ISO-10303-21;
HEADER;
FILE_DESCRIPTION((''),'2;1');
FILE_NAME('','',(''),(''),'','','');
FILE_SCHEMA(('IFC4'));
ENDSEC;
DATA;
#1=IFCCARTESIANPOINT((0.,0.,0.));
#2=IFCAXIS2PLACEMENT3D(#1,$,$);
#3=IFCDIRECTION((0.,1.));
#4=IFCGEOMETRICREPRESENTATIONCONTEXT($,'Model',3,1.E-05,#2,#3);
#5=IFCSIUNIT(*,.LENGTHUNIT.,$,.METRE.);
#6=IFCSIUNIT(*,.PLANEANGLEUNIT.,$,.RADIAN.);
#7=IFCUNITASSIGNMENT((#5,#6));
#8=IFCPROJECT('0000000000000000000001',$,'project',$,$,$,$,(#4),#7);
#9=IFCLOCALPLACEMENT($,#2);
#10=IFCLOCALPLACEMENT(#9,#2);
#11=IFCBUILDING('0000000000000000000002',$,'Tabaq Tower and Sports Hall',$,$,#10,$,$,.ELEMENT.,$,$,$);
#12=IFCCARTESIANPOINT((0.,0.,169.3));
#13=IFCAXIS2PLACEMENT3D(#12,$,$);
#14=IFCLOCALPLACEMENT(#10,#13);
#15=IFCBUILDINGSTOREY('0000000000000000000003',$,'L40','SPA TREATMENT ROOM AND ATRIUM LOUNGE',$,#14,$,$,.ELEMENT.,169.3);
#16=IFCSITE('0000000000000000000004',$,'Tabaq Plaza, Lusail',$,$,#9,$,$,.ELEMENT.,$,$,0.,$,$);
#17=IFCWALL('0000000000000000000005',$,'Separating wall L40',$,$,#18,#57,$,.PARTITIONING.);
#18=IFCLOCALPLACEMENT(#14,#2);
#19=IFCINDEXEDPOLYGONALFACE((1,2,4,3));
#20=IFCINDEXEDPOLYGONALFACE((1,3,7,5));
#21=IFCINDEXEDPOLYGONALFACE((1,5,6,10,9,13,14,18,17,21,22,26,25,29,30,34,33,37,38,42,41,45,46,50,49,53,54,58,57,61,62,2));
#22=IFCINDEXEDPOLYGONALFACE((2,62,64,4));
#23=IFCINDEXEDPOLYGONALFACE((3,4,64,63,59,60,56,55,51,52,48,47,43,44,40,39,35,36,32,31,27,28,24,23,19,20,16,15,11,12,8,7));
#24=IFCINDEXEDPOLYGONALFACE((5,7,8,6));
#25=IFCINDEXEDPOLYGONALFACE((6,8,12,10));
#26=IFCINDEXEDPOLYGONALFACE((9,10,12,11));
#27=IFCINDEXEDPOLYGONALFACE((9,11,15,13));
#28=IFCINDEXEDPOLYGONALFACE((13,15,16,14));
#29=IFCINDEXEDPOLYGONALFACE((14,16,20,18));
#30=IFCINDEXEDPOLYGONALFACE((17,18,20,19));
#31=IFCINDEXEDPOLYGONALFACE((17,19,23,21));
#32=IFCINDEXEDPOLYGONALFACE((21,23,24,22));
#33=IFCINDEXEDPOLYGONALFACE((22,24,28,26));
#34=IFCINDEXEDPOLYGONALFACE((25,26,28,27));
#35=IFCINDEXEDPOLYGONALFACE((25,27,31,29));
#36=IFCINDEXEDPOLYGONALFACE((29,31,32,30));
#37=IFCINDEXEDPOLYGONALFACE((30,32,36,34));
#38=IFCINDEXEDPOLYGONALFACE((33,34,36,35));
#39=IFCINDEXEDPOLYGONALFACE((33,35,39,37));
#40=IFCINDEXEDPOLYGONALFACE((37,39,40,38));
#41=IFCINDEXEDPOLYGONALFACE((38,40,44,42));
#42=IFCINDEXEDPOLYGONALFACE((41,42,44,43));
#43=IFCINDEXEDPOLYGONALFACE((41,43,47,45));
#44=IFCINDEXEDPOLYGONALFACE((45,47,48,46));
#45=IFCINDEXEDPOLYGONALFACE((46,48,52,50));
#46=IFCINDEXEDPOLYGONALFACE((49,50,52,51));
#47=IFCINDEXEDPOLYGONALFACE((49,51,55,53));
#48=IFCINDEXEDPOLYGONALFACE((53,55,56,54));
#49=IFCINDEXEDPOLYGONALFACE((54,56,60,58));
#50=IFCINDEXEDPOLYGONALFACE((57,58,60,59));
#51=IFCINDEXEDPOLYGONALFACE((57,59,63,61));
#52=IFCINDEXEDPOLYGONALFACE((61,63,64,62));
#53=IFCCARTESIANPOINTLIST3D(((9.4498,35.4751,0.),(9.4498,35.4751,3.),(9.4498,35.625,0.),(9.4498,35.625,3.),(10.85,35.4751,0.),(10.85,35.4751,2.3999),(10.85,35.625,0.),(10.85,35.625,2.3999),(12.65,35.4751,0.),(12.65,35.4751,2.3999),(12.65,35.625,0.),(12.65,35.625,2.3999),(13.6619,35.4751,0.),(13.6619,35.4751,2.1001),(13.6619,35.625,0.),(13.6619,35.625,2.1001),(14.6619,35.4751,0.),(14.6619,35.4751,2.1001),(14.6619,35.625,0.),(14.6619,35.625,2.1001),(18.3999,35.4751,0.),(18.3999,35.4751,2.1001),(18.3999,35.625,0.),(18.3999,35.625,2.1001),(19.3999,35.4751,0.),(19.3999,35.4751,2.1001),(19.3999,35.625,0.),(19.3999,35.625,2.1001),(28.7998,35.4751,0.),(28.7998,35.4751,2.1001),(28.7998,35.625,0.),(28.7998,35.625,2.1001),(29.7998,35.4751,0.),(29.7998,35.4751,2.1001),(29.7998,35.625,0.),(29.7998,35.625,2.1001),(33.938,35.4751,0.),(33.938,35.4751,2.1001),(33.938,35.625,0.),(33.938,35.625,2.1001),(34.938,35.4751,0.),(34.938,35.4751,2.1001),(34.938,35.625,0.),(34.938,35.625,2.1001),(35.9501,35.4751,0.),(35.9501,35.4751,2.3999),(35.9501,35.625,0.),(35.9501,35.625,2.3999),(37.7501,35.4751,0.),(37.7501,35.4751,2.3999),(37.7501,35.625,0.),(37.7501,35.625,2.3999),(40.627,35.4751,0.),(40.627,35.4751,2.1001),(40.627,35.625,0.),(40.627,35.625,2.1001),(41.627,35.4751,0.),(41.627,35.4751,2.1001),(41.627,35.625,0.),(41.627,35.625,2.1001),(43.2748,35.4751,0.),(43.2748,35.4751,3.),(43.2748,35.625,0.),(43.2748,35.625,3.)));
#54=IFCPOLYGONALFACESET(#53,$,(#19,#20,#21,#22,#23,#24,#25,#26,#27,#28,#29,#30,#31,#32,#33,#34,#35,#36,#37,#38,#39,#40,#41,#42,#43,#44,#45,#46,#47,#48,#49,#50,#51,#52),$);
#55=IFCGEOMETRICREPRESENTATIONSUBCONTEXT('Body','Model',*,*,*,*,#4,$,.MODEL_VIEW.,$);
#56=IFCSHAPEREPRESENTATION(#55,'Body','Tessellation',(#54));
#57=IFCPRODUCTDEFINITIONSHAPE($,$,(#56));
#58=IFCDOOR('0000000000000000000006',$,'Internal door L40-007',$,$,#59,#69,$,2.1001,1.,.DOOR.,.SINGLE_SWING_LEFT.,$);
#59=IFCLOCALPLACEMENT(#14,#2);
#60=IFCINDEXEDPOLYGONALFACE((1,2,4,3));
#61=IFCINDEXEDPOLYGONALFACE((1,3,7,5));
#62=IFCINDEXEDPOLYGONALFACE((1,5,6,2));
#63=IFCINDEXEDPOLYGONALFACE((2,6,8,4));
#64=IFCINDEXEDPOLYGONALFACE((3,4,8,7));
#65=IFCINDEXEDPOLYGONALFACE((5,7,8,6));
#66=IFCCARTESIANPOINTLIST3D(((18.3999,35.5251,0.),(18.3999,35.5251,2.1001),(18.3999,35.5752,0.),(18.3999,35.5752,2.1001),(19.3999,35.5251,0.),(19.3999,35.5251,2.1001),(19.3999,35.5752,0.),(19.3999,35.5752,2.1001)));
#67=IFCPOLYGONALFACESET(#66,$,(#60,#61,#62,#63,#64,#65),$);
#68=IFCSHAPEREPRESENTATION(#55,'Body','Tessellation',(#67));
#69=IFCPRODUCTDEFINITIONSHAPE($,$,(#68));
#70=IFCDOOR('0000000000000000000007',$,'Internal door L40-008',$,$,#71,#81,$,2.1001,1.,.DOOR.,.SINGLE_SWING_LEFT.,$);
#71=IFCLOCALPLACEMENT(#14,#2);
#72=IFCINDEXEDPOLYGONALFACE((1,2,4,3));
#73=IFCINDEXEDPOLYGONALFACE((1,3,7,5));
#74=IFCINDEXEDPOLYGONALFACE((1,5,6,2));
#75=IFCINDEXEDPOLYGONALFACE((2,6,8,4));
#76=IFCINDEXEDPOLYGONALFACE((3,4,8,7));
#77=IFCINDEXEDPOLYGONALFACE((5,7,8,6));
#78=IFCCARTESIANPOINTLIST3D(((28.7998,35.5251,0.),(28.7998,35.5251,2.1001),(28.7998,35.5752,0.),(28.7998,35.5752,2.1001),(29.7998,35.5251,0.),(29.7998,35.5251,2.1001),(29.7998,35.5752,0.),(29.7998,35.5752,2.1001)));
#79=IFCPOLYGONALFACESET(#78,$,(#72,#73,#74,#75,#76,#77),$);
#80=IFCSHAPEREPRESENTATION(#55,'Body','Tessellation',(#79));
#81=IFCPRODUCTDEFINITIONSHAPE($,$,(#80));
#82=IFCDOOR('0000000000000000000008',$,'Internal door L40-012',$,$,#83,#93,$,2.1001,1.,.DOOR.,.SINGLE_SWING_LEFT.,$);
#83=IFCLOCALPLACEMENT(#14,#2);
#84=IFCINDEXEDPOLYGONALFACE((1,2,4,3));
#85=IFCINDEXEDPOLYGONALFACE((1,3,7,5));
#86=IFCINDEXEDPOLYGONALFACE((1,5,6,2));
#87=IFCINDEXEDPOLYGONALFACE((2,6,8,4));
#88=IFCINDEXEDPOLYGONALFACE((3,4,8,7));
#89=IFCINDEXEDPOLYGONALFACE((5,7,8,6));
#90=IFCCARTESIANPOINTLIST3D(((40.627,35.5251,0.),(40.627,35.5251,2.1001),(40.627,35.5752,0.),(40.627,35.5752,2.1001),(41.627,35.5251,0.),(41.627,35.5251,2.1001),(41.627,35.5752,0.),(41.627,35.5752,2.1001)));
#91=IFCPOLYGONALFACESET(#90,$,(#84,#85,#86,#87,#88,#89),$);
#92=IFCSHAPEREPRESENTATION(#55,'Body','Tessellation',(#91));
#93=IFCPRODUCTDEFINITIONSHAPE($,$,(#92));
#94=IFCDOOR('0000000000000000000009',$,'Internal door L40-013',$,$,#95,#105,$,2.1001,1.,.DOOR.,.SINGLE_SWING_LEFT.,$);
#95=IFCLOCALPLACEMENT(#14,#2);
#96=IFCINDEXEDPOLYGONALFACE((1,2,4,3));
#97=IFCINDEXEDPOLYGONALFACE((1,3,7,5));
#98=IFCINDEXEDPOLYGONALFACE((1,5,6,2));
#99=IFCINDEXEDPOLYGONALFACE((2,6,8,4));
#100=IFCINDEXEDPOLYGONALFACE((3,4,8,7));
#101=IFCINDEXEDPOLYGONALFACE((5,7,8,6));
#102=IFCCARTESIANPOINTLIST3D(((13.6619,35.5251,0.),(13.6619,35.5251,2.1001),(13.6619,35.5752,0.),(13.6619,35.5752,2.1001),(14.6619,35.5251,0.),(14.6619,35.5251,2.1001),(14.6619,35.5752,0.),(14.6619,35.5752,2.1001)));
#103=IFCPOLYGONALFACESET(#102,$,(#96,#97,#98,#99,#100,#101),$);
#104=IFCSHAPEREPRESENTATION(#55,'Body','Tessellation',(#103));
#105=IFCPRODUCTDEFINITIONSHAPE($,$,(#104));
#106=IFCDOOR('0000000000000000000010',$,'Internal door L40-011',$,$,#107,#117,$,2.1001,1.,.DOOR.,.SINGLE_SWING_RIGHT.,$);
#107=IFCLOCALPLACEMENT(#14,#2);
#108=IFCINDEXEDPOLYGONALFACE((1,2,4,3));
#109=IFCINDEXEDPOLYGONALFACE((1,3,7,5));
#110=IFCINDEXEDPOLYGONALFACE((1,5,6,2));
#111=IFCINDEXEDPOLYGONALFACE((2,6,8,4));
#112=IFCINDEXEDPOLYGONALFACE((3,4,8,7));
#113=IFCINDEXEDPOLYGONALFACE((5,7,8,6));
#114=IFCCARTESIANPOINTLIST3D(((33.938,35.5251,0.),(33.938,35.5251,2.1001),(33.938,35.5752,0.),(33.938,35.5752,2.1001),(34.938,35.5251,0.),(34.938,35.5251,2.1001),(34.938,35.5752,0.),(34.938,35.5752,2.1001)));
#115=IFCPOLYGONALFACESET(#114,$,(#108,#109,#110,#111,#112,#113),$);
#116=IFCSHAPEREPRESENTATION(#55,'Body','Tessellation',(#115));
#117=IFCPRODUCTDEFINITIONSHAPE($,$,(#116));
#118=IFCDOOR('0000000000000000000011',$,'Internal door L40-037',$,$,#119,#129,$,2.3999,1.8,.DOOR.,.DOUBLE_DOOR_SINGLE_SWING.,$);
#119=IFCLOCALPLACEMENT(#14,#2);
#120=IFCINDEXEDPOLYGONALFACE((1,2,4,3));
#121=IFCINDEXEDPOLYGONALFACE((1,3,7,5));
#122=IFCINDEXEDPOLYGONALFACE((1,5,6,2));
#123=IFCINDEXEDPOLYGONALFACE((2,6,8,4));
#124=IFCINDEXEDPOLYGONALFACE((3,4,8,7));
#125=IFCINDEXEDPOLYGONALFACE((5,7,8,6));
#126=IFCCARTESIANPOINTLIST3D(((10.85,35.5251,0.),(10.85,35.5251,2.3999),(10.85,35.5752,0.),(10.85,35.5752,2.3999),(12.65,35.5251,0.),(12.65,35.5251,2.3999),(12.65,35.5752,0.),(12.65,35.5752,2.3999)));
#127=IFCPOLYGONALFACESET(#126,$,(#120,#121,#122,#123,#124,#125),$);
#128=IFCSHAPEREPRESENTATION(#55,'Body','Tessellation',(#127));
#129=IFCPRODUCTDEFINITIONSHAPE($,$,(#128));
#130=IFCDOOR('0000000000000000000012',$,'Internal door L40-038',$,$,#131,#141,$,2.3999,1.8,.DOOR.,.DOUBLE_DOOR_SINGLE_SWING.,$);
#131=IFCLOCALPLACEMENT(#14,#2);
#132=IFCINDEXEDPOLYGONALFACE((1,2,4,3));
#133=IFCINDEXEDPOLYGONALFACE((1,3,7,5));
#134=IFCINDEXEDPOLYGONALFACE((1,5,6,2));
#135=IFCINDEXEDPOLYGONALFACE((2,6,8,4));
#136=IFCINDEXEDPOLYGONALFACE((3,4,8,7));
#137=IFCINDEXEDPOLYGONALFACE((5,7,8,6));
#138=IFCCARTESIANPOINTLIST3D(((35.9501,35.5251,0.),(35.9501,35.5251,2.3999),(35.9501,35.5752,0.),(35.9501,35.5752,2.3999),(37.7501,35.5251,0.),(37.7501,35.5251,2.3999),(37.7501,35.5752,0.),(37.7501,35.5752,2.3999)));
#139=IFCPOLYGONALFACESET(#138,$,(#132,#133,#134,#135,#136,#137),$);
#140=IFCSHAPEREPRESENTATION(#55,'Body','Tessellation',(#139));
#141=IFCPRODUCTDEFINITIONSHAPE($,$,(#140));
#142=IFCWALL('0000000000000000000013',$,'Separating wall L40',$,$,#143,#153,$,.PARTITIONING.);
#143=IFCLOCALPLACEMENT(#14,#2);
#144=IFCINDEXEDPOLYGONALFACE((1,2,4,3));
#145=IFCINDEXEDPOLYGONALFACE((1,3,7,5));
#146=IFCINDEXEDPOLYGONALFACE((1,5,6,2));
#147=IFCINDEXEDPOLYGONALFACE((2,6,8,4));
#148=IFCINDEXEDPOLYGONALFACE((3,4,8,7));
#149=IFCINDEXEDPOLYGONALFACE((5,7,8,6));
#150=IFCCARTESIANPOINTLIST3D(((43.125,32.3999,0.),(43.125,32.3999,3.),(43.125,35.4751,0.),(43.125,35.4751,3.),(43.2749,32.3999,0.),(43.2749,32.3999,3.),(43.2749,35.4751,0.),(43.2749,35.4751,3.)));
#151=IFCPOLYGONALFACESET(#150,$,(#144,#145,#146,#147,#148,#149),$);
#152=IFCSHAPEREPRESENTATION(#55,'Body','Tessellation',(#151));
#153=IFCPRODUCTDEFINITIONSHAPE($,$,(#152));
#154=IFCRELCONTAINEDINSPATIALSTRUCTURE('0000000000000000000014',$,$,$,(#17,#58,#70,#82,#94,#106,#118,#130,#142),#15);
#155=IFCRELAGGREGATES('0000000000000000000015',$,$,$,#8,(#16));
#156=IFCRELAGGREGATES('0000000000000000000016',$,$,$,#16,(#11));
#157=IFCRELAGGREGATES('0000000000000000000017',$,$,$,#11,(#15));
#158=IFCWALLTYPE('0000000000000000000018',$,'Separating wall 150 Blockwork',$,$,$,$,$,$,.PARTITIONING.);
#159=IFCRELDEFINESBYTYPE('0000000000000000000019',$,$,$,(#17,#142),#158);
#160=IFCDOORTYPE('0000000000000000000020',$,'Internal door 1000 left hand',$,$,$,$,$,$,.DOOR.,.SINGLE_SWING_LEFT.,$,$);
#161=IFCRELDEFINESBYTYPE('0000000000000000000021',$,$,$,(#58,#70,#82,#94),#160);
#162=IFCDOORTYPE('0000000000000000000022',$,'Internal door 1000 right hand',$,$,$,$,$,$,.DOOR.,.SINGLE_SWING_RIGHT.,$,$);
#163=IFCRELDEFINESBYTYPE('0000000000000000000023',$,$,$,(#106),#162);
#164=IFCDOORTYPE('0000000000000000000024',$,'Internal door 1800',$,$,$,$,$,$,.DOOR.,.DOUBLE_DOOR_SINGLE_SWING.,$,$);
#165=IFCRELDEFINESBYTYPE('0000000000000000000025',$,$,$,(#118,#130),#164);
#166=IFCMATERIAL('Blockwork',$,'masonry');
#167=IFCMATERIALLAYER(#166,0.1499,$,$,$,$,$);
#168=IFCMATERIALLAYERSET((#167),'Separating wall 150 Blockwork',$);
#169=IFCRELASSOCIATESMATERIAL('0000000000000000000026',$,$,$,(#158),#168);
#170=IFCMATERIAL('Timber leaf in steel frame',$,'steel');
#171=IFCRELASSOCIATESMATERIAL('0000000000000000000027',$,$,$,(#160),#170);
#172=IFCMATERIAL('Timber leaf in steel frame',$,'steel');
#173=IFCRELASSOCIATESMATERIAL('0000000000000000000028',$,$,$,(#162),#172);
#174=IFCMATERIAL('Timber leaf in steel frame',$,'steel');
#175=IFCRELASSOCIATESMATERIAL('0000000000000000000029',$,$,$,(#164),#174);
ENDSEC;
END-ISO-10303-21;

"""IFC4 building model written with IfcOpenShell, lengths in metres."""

from ifc_helpers import new_model, si_unit, direction, frame, frame_2d, origin, place, context, subcontext, project, spatial, rectangle, extrude, material, layer, layer_set, type_object, element, fill, save


model = new_model("IFC4")

# Units and contexts
model_context = context("Model", 3, precision=1e-05, world=origin(), true_north=direction((0.0, 1.0)))
body_context = subcontext(model_context, "Body", "Model", "MODEL_VIEW")
ifc_project = project(units=[si_unit("LENGTHUNIT", "METRE"), si_unit("PLANEANGLEUNIT", "RADIAN")], contexts=[model_context])

# Site, building, storey
site_placement = place(None, origin())
site = spatial("IfcSite", under=ifc_project, at=site_placement, Name="Tabaq Plaza, Lusail", CompositionType="ELEMENT", RefElevation=0.0)
building_placement = place(site_placement, origin())
building = spatial("IfcBuilding", under=site, at=building_placement, Name="Tabaq Tower and Sports Hall", CompositionType="ELEMENT")
storey_placement = place(building_placement, frame((0.0, 0.0, 169.3)))
storey = spatial("IfcBuildingStorey", under=building, at=storey_placement, Name="L40", Description="SPA TREATMENT ROOM AND ATRIUM LOUNGE", CompositionType="ELEMENT", Elevation=169.3)

# Wall, openings, doors
ifc_material_1 = material(Name="Blockwork", Category="masonry")
ifc_layer_1 = layer(ifc_material_1, 0.1499)
ifc_layer_set_1 = layer_set([ifc_layer_1], Name="Separating wall 150 Blockwork")
wall_type_1 = type_object("IfcWallType", Name="Separating wall 150 Blockwork", PredefinedType="PARTITIONING", material=ifc_layer_set_1)
ifc_material_2 = material(Name="Timber leaf in steel frame", Category="steel")
door_type_1 = type_object("IfcDoorType", Name="Internal door 1000 left hand", OperationType="SINGLE_SWING_LEFT", PredefinedType="DOOR", material=ifc_material_2)
wall_1_placement = place(storey_placement, frame((43.2749, 35.55, 0.0), z_axis=(0.0, 0.0, 1.0), x_axis=(-1.0, 0.0, 0.0)))
wall_1 = element("IfcWall", 1, at=wall_1_placement, inside=storey, type_object=wall_type_1, Name="Separating wall L40", PredefinedType="PARTITIONING", context=body_context, shape_type="SweptSolid", body=[
    extrude(rectangle(XDim=33.825, YDim=0.1499, at=frame_2d((16.9126, 0.0))), origin(), (0.0, 0.0, 1.0), 3.0),
])
opening_1_placement = place(wall_1_placement, frame((23.875, 0.0, 0.0)))
opening_1 = element("IfcOpeningElement", 2, at=opening_1_placement, cuts=wall_1, PredefinedType="OPENING", context=body_context, shape_type="SweptSolid", body=[
    extrude(rectangle(XDim=1.0, YDim=2.1001, at=frame_2d((0.5, 1.05))), frame((0.0, 0.075, 0.0), z_axis=(0.0, -1.0, 0.0), x_axis=(1.0, 0.0, 0.0)), (0.0, 0.0, 1.0), 0.1499),
])
opening_2_placement = place(wall_1_placement, frame((13.4751, 0.0, 0.0)))
opening_2 = element("IfcOpeningElement", 3, at=opening_2_placement, cuts=wall_1, PredefinedType="OPENING", context=body_context, shape_type="SweptSolid", body=[
    extrude(rectangle(XDim=1.0, YDim=2.1001, at=frame_2d((0.5, 1.05))), frame((0.0, 0.075, 0.0), z_axis=(0.0, -1.0, 0.0), x_axis=(1.0, 0.0, 0.0)), (0.0, 0.0, 1.0), 0.1499),
])
opening_3_placement = place(wall_1_placement, frame((8.3369, 0.0, 0.0)))
opening_3 = element("IfcOpeningElement", 4, at=opening_3_placement, cuts=wall_1, PredefinedType="OPENING", context=body_context, shape_type="SweptSolid", body=[
    extrude(rectangle(XDim=1.0, YDim=2.1001, at=frame_2d((0.5, 1.05))), frame((0.0, 0.075, 0.0), z_axis=(0.0, -1.0, 0.0), x_axis=(1.0, 0.0, 0.0)), (0.0, 0.0, 1.0), 0.1499),
])
opening_4_placement = place(wall_1_placement, frame((1.6479, 0.0, 0.0)))
opening_4 = element("IfcOpeningElement", 5, at=opening_4_placement, cuts=wall_1, PredefinedType="OPENING", context=body_context, shape_type="SweptSolid", body=[
    extrude(rectangle(XDim=1.0, YDim=2.1001, at=frame_2d((0.5, 1.05))), frame((0.0, 0.075, 0.0), z_axis=(0.0, -1.0, 0.0), x_axis=(1.0, 0.0, 0.0)), (0.0, 0.0, 1.0), 0.1499),
])
opening_5_placement = place(wall_1_placement, frame((28.613, 0.0, 0.0)))
opening_5 = element("IfcOpeningElement", 6, at=opening_5_placement, cuts=wall_1, PredefinedType="OPENING", context=body_context, shape_type="SweptSolid", body=[
    extrude(rectangle(XDim=1.0, YDim=2.1001, at=frame_2d((0.5, 1.05))), frame((0.0, 0.075, 0.0), z_axis=(0.0, -1.0, 0.0), x_axis=(1.0, 0.0, 0.0)), (0.0, 0.0, 1.0), 0.1499),
])
opening_6_placement = place(wall_1_placement, frame((30.625, 0.0, 0.0)))
opening_6 = element("IfcOpeningElement", 7, at=opening_6_placement, cuts=wall_1, PredefinedType="OPENING", context=body_context, shape_type="SweptSolid", body=[
    extrude(rectangle(XDim=1.8, YDim=2.3999, at=frame_2d((0.8999, 1.2))), frame((0.0, 0.075, 0.0), z_axis=(0.0, -1.0, 0.0), x_axis=(1.0, 0.0, 0.0)), (0.0, 0.0, 1.0), 0.1499),
])
opening_7_placement = place(wall_1_placement, frame((5.5249, 0.0, 0.0)))
opening_7 = element("IfcOpeningElement", 8, at=opening_7_placement, cuts=wall_1, PredefinedType="OPENING", context=body_context, shape_type="SweptSolid", body=[
    extrude(rectangle(XDim=1.8, YDim=2.3999, at=frame_2d((0.8999, 1.2))), frame((0.0, 0.075, 0.0), z_axis=(0.0, -1.0, 0.0), x_axis=(1.0, 0.0, 0.0)), (0.0, 0.0, 1.0), 0.1499),
])
door_1_placement = place(opening_1_placement, origin())
door_1 = element("IfcDoor", 9, at=door_1_placement, inside=storey, type_object=door_type_1, Name="Internal door L40-007", OperationType="SINGLE_SWING_LEFT", OverallHeight=2.1001, OverallWidth=1.0, PredefinedType="DOOR", context=body_context, shape_type="SweptSolid", body=[
    extrude(rectangle(XDim=1.0, YDim=2.1001, at=frame_2d((0.5, 1.05))), frame((0.0, 0.0249, 0.0), z_axis=(0.0, -1.0, 0.0), x_axis=(1.0, 0.0, 0.0)), (0.0, 0.0, 1.0), 0.05),
])
fill(opening_1, door_1)
door_2_placement = place(opening_2_placement, origin())
door_2 = element("IfcDoor", 10, at=door_2_placement, inside=storey, type_object=door_type_1, Name="Internal door L40-008", OperationType="SINGLE_SWING_LEFT", OverallHeight=2.1001, OverallWidth=1.0, PredefinedType="DOOR", context=body_context, shape_type="SweptSolid", body=[
    extrude(rectangle(XDim=1.0, YDim=2.1001, at=frame_2d((0.5, 1.05))), frame((0.0, 0.0249, 0.0), z_axis=(0.0, -1.0, 0.0), x_axis=(1.0, 0.0, 0.0)), (0.0, 0.0, 1.0), 0.05),
])
fill(opening_2, door_2)
door_3_placement = place(opening_4_placement, origin())
door_3 = element("IfcDoor", 11, at=door_3_placement, inside=storey, type_object=door_type_1, Name="Internal door L40-012", OperationType="SINGLE_SWING_LEFT", OverallHeight=2.1001, OverallWidth=1.0, PredefinedType="DOOR", context=body_context, shape_type="SweptSolid", body=[
    extrude(rectangle(XDim=1.0, YDim=2.1001, at=frame_2d((0.5, 1.05))), frame((0.0, 0.0249, 0.0), z_axis=(0.0, -1.0, 0.0), x_axis=(1.0, 0.0, 0.0)), (0.0, 0.0, 1.0), 0.05),
])
fill(opening_4, door_3)
door_4_placement = place(opening_5_placement, origin())
door_4 = element("IfcDoor", 12, at=door_4_placement, inside=storey, type_object=door_type_1, Name="Internal door L40-013", OperationType="SINGLE_SWING_LEFT", OverallHeight=2.1001, OverallWidth=1.0, PredefinedType="DOOR", context=body_context, shape_type="SweptSolid", body=[
    extrude(rectangle(XDim=1.0, YDim=2.1001, at=frame_2d((0.5, 1.05))), frame((0.0, 0.0249, 0.0), z_axis=(0.0, -1.0, 0.0), x_axis=(1.0, 0.0, 0.0)), (0.0, 0.0, 1.0), 0.05),
])
fill(opening_5, door_4)
ifc_material_3 = material(Name="Timber leaf in steel frame", Category="steel")
door_type_2 = type_object("IfcDoorType", Name="Internal door 1000 right hand", OperationType="SINGLE_SWING_RIGHT", PredefinedType="DOOR", material=ifc_material_3)
door_5_placement = place(opening_3_placement, origin())
door_5 = element("IfcDoor", 13, at=door_5_placement, inside=storey, type_object=door_type_2, Name="Internal door L40-011", OperationType="SINGLE_SWING_RIGHT", OverallHeight=2.1001, OverallWidth=1.0, PredefinedType="DOOR", context=body_context, shape_type="SweptSolid", body=[
    extrude(rectangle(XDim=1.0, YDim=2.1001, at=frame_2d((0.5, 1.05))), frame((0.0, 0.0249, 0.0), z_axis=(0.0, -1.0, 0.0), x_axis=(1.0, 0.0, 0.0)), (0.0, 0.0, 1.0), 0.05),
])
fill(opening_3, door_5)
ifc_material_4 = material(Name="Timber leaf in steel frame", Category="steel")
door_type_3 = type_object("IfcDoorType", Name="Internal door 1800", OperationType="DOUBLE_DOOR_SINGLE_SWING", PredefinedType="DOOR", material=ifc_material_4)
door_6_placement = place(opening_6_placement, origin())
door_6 = element("IfcDoor", 14, at=door_6_placement, inside=storey, type_object=door_type_3, Name="Internal door L40-037", OperationType="DOUBLE_DOOR_SINGLE_SWING", OverallHeight=2.3999, OverallWidth=1.8, PredefinedType="DOOR", context=body_context, shape_type="SweptSolid", body=[
    extrude(rectangle(XDim=1.8, YDim=2.3999, at=frame_2d((0.8999, 1.2))), frame((0.0, 0.0249, 0.0), z_axis=(0.0, -1.0, 0.0), x_axis=(1.0, 0.0, 0.0)), (0.0, 0.0, 1.0), 0.05),
])
fill(opening_6, door_6)
door_7_placement = place(opening_7_placement, origin())
door_7 = element("IfcDoor", 15, at=door_7_placement, inside=storey, type_object=door_type_3, Name="Internal door L40-038", OperationType="DOUBLE_DOOR_SINGLE_SWING", OverallHeight=2.3999, OverallWidth=1.8, PredefinedType="DOOR", context=body_context, shape_type="SweptSolid", body=[
    extrude(rectangle(XDim=1.8, YDim=2.3999, at=frame_2d((0.8999, 1.2))), frame((0.0, 0.0249, 0.0), z_axis=(0.0, -1.0, 0.0), x_axis=(1.0, 0.0, 0.0)), (0.0, 0.0, 1.0), 0.05),
])
fill(opening_7, door_7)

# Wall
wall_2_placement = place(storey_placement, frame((43.2, 35.4751, 0.0), z_axis=(0.0, 0.0, 1.0), x_axis=(0.0, -1.0, 0.0)))
element("IfcWall", 16, at=wall_2_placement, inside=storey, type_object=wall_type_1, Name="Separating wall L40", PredefinedType="PARTITIONING", context=body_context, shape_type="SweptSolid", body=[
    extrude(rectangle(XDim=3.0752, YDim=0.1499, at=frame_2d((1.5376, 0.0))), origin(), (0.0, 0.0, 1.0), 3.0),
])

save(model, "model.ifc")
